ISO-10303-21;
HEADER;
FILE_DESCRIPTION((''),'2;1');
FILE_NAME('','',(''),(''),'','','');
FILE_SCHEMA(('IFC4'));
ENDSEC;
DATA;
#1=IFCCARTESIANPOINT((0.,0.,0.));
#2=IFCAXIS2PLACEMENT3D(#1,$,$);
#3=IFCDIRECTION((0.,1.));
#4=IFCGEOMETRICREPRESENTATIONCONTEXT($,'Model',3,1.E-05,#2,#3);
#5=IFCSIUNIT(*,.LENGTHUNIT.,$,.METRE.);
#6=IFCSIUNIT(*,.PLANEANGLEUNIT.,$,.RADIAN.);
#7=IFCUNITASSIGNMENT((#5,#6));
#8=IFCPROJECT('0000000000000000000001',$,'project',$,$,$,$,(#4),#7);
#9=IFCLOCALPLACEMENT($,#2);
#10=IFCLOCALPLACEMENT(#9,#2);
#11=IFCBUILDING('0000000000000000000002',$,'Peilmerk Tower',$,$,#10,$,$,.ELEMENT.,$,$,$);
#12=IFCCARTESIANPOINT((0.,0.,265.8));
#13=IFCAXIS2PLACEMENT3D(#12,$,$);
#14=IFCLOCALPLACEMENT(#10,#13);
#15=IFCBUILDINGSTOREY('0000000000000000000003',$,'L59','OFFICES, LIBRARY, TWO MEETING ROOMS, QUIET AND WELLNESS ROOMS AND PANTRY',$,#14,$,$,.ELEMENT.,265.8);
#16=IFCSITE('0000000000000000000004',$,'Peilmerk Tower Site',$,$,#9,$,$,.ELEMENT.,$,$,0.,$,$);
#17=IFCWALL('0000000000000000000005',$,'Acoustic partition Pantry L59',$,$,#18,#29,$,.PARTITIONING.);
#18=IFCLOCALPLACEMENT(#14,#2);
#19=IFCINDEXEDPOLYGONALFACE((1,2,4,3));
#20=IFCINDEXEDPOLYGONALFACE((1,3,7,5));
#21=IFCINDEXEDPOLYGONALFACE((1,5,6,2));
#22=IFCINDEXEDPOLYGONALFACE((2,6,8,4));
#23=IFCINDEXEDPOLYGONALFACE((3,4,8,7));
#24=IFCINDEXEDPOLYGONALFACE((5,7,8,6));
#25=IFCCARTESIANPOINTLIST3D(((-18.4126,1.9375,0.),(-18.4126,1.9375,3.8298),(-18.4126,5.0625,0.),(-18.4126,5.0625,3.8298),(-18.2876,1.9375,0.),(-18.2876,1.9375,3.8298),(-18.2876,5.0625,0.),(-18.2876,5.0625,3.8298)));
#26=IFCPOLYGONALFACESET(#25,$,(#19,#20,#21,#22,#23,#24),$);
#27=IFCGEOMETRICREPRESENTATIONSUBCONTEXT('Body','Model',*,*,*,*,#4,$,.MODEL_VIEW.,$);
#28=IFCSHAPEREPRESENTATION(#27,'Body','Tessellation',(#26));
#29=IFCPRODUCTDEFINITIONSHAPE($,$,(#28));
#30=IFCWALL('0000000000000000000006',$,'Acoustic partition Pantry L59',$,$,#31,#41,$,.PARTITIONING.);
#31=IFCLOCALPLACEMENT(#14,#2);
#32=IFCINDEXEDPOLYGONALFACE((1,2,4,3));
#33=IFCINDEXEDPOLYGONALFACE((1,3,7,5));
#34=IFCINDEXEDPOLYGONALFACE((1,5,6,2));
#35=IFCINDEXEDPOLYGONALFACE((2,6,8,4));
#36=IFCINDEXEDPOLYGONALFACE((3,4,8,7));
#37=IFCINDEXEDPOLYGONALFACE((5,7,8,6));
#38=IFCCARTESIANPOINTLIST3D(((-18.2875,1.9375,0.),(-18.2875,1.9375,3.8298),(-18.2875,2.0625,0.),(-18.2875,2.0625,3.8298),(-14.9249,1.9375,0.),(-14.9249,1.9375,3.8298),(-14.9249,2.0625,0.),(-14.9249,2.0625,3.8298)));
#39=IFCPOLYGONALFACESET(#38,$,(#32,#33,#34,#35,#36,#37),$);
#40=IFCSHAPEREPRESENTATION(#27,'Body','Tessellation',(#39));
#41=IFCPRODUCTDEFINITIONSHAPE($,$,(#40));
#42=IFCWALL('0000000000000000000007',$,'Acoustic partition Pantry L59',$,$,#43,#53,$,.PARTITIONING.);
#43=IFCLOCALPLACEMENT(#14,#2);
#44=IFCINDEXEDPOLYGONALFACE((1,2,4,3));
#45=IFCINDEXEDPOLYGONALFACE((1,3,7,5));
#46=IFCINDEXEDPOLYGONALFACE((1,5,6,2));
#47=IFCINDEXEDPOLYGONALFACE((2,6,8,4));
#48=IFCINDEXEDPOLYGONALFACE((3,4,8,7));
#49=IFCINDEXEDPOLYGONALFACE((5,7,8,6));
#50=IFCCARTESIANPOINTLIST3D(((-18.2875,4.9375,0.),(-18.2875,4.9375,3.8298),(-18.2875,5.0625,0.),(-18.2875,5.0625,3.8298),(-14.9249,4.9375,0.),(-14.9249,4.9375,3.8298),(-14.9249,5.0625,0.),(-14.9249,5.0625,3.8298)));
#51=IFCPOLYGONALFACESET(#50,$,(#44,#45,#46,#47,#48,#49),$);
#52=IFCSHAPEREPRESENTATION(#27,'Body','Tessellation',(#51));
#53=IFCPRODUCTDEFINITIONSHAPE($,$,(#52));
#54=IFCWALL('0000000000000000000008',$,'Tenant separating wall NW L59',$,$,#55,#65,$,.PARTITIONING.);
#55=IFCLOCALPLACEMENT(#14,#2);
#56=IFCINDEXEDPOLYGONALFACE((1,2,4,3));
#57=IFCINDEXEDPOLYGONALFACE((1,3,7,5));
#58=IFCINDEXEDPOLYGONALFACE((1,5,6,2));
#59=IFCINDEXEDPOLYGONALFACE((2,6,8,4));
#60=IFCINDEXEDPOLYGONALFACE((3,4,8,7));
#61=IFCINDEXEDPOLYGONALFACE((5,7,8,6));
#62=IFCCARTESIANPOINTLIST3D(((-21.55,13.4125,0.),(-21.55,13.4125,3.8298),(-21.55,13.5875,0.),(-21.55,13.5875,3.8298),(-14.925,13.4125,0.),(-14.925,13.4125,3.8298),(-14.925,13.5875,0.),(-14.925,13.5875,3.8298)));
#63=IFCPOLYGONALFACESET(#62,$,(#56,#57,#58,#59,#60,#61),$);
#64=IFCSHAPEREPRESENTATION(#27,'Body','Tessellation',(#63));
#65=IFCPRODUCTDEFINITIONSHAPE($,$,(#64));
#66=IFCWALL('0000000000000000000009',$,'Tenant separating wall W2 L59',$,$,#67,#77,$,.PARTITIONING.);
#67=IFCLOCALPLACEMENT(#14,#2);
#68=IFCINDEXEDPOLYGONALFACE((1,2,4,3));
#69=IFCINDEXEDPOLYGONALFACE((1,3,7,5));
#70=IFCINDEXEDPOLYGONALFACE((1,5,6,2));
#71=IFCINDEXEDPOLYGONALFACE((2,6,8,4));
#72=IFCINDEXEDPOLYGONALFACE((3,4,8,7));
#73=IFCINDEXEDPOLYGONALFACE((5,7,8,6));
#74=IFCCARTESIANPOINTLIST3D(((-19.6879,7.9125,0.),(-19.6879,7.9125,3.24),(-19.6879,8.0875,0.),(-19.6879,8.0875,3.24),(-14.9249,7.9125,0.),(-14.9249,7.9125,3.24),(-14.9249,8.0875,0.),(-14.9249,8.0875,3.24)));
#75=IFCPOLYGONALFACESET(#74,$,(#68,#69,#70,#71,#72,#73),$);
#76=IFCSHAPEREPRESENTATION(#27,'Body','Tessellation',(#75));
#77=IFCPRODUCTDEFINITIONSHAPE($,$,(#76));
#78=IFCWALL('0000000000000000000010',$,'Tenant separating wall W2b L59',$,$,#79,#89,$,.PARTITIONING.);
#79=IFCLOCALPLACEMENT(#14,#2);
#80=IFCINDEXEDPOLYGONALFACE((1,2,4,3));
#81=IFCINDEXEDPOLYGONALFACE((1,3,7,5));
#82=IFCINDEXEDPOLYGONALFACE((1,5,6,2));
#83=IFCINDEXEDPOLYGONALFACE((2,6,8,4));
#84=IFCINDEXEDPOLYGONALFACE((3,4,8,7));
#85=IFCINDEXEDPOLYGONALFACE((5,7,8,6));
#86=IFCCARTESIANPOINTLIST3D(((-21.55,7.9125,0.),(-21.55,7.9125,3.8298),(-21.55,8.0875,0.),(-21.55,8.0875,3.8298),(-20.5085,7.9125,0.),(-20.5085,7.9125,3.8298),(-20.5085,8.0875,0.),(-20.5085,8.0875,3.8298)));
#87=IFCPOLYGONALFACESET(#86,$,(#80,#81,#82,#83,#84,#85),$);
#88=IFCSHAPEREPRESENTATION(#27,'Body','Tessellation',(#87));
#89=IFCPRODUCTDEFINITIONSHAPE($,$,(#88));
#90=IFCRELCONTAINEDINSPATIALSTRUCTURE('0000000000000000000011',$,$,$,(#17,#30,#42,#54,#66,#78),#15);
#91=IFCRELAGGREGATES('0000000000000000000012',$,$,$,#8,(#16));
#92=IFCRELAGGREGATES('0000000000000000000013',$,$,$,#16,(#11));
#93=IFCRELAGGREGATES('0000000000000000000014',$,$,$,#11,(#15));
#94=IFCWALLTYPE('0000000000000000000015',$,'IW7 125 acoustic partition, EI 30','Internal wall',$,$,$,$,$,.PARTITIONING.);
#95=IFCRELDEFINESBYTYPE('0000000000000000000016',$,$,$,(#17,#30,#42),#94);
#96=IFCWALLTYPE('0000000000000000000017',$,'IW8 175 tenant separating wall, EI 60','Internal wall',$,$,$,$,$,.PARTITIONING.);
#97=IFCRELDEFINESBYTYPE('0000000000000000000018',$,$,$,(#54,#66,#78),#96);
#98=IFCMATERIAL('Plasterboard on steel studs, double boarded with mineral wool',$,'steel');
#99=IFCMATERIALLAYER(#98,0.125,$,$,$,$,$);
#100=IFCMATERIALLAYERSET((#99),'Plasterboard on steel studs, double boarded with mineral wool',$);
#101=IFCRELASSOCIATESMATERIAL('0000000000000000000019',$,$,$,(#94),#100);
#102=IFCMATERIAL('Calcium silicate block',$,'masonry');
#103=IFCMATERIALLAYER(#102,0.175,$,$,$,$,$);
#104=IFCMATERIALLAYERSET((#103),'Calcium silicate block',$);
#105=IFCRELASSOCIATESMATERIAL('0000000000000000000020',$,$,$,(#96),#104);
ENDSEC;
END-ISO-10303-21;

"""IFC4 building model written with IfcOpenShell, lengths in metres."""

from ifc_helpers import new_model, si_unit, direction, frame, frame_2d, origin, place, context, subcontext, project, spatial, rectangle, extrude, material, layer, layer_set, type_object, element, save


model = new_model("IFC4")

# Units and contexts
model_context = context("Model", 3, precision=1e-05, world=origin(), true_north=direction((0.0, 1.0)))
body_context = subcontext(model_context, "Body", "Model", "MODEL_VIEW")
ifc_project = project(units=[si_unit("LENGTHUNIT", "METRE"), si_unit("PLANEANGLEUNIT", "RADIAN")], contexts=[model_context])

# Site, building, storey
site_placement = place(None, origin())
site = spatial("IfcSite", under=ifc_project, at=site_placement, Name="Peilmerk Tower Site", CompositionType="ELEMENT", RefElevation=0.0)
building_placement = place(site_placement, origin())
building = spatial("IfcBuilding", under=site, at=building_placement, Name="Peilmerk Tower", CompositionType="ELEMENT")
storey_placement = place(building_placement, frame((0.0, 0.0, 265.8)))
storey = spatial("IfcBuildingStorey", under=building, at=storey_placement, Name="L59", Description="OFFICES, LIBRARY, TWO MEETING ROOMS, QUIET AND WELLNESS ROOMS AND PANTRY", CompositionType="ELEMENT", Elevation=265.8)

# Shared definitions
ifc_material_1 = material(Name="Calcium silicate block", Category="masonry")

# Walls
ifc_material_2 = material(Name="Plasterboard on steel studs, double boarded with mineral wool", Category="steel")
ifc_layer_1 = layer(ifc_material_2, 0.125)
ifc_layer_set_1 = layer_set([ifc_layer_1], Name="Plasterboard on steel studs, double boarded with mineral wool")
wall_type_1 = type_object("IfcWallType", Name="IW7 125 acoustic partition, EI 30", Description="Internal wall", PredefinedType="PARTITIONING", material=ifc_layer_set_1)
wall_1_placement = place(storey_placement, frame((-18.3501, 1.9375, 0.0), z_axis=(0.0, 0.0, 1.0), x_axis=(0.0, 1.0, 0.0)))
element("IfcWall", 1, at=wall_1_placement, inside=storey, type_object=wall_type_1, Name="Acoustic partition Pantry L59", PredefinedType="PARTITIONING", context=body_context, shape_type="SweptSolid", body=[
    extrude(rectangle(XDim=3.125, YDim=0.125, at=frame_2d((1.5625, 0.0))), origin(), (0.0, 0.0, 1.0), 3.8298),
])
for number, where, z_axis, x_axis, name in (
    (2, (-14.925, 2.0, 0.0), (0.0, 0.0, 1.0), (-1.0, 0.0, 0.0), "Acoustic partition Pantry L59"),
    (3, (-14.925, 5.0, 0.0), (0.0, 0.0, 1.0), (-1.0, 0.0, 0.0), "Acoustic partition Pantry L59"),
):
    element("IfcWall", number, at=place(storey_placement, frame(where, z_axis=z_axis, x_axis=x_axis)), inside=storey, type_object=wall_type_1, Name=name, PredefinedType="PARTITIONING", context=body_context, shape_type="SweptSolid", body=[
        extrude(rectangle(XDim=3.3625, YDim=0.125, at=frame_2d((1.6812, 0.0))), origin(), (0.0, 0.0, 1.0), 3.8298),
    ])
ifc_layer_2 = layer(ifc_material_1, 0.175)
ifc_layer_set_2 = layer_set([ifc_layer_2], Name="Calcium silicate block")
wall_type_2 = type_object("IfcWallType", Name="IW8 175 tenant separating wall, EI 60", Description="Internal wall", PredefinedType="PARTITIONING", material=ifc_layer_set_2)
wall_2_placement = place(storey_placement, frame((-21.55, 13.5, 0.0), z_axis=(0.0, 0.0, 1.0), x_axis=(1.0, 0.0, 0.0)))
element("IfcWall", 4, at=wall_2_placement, inside=storey, type_object=wall_type_2, Name="Tenant separating wall NW L59", PredefinedType="PARTITIONING", context=body_context, shape_type="SweptSolid", body=[
    extrude(rectangle(XDim=6.625, YDim=0.175, at=frame_2d((3.3125, 0.0))), origin(), (0.0, 0.0, 1.0), 3.8298),
])
wall_3_placement = place(storey_placement, frame((-14.925, 8.0, 0.0), z_axis=(0.0, 0.0, 1.0), x_axis=(-1.0, 0.0, 0.0)))
element("IfcWall", 5, at=wall_3_placement, inside=storey, type_object=wall_type_2, Name="Tenant separating wall W2 L59", PredefinedType="PARTITIONING", context=body_context, shape_type="SweptSolid", body=[
    extrude(rectangle(XDim=4.7629, YDim=0.175, at=frame_2d((2.3813, 0.0))), origin(), (0.0, 0.0, 1.0), 3.24),
])
wall_4_placement = place(storey_placement, frame((-20.5085, 8.0, 0.0), z_axis=(0.0, 0.0, 1.0), x_axis=(-1.0, 0.0, 0.0)))
element("IfcWall", 6, at=wall_4_placement, inside=storey, type_object=wall_type_2, Name="Tenant separating wall W2b L59", PredefinedType="PARTITIONING", context=body_context, shape_type="SweptSolid", body=[
    extrude(rectangle(XDim=1.0415, YDim=0.175, at=frame_2d((0.5208, 0.0))), origin(), (0.0, 0.0, 1.0), 3.8298),
])

save(model, "model.ifc")
